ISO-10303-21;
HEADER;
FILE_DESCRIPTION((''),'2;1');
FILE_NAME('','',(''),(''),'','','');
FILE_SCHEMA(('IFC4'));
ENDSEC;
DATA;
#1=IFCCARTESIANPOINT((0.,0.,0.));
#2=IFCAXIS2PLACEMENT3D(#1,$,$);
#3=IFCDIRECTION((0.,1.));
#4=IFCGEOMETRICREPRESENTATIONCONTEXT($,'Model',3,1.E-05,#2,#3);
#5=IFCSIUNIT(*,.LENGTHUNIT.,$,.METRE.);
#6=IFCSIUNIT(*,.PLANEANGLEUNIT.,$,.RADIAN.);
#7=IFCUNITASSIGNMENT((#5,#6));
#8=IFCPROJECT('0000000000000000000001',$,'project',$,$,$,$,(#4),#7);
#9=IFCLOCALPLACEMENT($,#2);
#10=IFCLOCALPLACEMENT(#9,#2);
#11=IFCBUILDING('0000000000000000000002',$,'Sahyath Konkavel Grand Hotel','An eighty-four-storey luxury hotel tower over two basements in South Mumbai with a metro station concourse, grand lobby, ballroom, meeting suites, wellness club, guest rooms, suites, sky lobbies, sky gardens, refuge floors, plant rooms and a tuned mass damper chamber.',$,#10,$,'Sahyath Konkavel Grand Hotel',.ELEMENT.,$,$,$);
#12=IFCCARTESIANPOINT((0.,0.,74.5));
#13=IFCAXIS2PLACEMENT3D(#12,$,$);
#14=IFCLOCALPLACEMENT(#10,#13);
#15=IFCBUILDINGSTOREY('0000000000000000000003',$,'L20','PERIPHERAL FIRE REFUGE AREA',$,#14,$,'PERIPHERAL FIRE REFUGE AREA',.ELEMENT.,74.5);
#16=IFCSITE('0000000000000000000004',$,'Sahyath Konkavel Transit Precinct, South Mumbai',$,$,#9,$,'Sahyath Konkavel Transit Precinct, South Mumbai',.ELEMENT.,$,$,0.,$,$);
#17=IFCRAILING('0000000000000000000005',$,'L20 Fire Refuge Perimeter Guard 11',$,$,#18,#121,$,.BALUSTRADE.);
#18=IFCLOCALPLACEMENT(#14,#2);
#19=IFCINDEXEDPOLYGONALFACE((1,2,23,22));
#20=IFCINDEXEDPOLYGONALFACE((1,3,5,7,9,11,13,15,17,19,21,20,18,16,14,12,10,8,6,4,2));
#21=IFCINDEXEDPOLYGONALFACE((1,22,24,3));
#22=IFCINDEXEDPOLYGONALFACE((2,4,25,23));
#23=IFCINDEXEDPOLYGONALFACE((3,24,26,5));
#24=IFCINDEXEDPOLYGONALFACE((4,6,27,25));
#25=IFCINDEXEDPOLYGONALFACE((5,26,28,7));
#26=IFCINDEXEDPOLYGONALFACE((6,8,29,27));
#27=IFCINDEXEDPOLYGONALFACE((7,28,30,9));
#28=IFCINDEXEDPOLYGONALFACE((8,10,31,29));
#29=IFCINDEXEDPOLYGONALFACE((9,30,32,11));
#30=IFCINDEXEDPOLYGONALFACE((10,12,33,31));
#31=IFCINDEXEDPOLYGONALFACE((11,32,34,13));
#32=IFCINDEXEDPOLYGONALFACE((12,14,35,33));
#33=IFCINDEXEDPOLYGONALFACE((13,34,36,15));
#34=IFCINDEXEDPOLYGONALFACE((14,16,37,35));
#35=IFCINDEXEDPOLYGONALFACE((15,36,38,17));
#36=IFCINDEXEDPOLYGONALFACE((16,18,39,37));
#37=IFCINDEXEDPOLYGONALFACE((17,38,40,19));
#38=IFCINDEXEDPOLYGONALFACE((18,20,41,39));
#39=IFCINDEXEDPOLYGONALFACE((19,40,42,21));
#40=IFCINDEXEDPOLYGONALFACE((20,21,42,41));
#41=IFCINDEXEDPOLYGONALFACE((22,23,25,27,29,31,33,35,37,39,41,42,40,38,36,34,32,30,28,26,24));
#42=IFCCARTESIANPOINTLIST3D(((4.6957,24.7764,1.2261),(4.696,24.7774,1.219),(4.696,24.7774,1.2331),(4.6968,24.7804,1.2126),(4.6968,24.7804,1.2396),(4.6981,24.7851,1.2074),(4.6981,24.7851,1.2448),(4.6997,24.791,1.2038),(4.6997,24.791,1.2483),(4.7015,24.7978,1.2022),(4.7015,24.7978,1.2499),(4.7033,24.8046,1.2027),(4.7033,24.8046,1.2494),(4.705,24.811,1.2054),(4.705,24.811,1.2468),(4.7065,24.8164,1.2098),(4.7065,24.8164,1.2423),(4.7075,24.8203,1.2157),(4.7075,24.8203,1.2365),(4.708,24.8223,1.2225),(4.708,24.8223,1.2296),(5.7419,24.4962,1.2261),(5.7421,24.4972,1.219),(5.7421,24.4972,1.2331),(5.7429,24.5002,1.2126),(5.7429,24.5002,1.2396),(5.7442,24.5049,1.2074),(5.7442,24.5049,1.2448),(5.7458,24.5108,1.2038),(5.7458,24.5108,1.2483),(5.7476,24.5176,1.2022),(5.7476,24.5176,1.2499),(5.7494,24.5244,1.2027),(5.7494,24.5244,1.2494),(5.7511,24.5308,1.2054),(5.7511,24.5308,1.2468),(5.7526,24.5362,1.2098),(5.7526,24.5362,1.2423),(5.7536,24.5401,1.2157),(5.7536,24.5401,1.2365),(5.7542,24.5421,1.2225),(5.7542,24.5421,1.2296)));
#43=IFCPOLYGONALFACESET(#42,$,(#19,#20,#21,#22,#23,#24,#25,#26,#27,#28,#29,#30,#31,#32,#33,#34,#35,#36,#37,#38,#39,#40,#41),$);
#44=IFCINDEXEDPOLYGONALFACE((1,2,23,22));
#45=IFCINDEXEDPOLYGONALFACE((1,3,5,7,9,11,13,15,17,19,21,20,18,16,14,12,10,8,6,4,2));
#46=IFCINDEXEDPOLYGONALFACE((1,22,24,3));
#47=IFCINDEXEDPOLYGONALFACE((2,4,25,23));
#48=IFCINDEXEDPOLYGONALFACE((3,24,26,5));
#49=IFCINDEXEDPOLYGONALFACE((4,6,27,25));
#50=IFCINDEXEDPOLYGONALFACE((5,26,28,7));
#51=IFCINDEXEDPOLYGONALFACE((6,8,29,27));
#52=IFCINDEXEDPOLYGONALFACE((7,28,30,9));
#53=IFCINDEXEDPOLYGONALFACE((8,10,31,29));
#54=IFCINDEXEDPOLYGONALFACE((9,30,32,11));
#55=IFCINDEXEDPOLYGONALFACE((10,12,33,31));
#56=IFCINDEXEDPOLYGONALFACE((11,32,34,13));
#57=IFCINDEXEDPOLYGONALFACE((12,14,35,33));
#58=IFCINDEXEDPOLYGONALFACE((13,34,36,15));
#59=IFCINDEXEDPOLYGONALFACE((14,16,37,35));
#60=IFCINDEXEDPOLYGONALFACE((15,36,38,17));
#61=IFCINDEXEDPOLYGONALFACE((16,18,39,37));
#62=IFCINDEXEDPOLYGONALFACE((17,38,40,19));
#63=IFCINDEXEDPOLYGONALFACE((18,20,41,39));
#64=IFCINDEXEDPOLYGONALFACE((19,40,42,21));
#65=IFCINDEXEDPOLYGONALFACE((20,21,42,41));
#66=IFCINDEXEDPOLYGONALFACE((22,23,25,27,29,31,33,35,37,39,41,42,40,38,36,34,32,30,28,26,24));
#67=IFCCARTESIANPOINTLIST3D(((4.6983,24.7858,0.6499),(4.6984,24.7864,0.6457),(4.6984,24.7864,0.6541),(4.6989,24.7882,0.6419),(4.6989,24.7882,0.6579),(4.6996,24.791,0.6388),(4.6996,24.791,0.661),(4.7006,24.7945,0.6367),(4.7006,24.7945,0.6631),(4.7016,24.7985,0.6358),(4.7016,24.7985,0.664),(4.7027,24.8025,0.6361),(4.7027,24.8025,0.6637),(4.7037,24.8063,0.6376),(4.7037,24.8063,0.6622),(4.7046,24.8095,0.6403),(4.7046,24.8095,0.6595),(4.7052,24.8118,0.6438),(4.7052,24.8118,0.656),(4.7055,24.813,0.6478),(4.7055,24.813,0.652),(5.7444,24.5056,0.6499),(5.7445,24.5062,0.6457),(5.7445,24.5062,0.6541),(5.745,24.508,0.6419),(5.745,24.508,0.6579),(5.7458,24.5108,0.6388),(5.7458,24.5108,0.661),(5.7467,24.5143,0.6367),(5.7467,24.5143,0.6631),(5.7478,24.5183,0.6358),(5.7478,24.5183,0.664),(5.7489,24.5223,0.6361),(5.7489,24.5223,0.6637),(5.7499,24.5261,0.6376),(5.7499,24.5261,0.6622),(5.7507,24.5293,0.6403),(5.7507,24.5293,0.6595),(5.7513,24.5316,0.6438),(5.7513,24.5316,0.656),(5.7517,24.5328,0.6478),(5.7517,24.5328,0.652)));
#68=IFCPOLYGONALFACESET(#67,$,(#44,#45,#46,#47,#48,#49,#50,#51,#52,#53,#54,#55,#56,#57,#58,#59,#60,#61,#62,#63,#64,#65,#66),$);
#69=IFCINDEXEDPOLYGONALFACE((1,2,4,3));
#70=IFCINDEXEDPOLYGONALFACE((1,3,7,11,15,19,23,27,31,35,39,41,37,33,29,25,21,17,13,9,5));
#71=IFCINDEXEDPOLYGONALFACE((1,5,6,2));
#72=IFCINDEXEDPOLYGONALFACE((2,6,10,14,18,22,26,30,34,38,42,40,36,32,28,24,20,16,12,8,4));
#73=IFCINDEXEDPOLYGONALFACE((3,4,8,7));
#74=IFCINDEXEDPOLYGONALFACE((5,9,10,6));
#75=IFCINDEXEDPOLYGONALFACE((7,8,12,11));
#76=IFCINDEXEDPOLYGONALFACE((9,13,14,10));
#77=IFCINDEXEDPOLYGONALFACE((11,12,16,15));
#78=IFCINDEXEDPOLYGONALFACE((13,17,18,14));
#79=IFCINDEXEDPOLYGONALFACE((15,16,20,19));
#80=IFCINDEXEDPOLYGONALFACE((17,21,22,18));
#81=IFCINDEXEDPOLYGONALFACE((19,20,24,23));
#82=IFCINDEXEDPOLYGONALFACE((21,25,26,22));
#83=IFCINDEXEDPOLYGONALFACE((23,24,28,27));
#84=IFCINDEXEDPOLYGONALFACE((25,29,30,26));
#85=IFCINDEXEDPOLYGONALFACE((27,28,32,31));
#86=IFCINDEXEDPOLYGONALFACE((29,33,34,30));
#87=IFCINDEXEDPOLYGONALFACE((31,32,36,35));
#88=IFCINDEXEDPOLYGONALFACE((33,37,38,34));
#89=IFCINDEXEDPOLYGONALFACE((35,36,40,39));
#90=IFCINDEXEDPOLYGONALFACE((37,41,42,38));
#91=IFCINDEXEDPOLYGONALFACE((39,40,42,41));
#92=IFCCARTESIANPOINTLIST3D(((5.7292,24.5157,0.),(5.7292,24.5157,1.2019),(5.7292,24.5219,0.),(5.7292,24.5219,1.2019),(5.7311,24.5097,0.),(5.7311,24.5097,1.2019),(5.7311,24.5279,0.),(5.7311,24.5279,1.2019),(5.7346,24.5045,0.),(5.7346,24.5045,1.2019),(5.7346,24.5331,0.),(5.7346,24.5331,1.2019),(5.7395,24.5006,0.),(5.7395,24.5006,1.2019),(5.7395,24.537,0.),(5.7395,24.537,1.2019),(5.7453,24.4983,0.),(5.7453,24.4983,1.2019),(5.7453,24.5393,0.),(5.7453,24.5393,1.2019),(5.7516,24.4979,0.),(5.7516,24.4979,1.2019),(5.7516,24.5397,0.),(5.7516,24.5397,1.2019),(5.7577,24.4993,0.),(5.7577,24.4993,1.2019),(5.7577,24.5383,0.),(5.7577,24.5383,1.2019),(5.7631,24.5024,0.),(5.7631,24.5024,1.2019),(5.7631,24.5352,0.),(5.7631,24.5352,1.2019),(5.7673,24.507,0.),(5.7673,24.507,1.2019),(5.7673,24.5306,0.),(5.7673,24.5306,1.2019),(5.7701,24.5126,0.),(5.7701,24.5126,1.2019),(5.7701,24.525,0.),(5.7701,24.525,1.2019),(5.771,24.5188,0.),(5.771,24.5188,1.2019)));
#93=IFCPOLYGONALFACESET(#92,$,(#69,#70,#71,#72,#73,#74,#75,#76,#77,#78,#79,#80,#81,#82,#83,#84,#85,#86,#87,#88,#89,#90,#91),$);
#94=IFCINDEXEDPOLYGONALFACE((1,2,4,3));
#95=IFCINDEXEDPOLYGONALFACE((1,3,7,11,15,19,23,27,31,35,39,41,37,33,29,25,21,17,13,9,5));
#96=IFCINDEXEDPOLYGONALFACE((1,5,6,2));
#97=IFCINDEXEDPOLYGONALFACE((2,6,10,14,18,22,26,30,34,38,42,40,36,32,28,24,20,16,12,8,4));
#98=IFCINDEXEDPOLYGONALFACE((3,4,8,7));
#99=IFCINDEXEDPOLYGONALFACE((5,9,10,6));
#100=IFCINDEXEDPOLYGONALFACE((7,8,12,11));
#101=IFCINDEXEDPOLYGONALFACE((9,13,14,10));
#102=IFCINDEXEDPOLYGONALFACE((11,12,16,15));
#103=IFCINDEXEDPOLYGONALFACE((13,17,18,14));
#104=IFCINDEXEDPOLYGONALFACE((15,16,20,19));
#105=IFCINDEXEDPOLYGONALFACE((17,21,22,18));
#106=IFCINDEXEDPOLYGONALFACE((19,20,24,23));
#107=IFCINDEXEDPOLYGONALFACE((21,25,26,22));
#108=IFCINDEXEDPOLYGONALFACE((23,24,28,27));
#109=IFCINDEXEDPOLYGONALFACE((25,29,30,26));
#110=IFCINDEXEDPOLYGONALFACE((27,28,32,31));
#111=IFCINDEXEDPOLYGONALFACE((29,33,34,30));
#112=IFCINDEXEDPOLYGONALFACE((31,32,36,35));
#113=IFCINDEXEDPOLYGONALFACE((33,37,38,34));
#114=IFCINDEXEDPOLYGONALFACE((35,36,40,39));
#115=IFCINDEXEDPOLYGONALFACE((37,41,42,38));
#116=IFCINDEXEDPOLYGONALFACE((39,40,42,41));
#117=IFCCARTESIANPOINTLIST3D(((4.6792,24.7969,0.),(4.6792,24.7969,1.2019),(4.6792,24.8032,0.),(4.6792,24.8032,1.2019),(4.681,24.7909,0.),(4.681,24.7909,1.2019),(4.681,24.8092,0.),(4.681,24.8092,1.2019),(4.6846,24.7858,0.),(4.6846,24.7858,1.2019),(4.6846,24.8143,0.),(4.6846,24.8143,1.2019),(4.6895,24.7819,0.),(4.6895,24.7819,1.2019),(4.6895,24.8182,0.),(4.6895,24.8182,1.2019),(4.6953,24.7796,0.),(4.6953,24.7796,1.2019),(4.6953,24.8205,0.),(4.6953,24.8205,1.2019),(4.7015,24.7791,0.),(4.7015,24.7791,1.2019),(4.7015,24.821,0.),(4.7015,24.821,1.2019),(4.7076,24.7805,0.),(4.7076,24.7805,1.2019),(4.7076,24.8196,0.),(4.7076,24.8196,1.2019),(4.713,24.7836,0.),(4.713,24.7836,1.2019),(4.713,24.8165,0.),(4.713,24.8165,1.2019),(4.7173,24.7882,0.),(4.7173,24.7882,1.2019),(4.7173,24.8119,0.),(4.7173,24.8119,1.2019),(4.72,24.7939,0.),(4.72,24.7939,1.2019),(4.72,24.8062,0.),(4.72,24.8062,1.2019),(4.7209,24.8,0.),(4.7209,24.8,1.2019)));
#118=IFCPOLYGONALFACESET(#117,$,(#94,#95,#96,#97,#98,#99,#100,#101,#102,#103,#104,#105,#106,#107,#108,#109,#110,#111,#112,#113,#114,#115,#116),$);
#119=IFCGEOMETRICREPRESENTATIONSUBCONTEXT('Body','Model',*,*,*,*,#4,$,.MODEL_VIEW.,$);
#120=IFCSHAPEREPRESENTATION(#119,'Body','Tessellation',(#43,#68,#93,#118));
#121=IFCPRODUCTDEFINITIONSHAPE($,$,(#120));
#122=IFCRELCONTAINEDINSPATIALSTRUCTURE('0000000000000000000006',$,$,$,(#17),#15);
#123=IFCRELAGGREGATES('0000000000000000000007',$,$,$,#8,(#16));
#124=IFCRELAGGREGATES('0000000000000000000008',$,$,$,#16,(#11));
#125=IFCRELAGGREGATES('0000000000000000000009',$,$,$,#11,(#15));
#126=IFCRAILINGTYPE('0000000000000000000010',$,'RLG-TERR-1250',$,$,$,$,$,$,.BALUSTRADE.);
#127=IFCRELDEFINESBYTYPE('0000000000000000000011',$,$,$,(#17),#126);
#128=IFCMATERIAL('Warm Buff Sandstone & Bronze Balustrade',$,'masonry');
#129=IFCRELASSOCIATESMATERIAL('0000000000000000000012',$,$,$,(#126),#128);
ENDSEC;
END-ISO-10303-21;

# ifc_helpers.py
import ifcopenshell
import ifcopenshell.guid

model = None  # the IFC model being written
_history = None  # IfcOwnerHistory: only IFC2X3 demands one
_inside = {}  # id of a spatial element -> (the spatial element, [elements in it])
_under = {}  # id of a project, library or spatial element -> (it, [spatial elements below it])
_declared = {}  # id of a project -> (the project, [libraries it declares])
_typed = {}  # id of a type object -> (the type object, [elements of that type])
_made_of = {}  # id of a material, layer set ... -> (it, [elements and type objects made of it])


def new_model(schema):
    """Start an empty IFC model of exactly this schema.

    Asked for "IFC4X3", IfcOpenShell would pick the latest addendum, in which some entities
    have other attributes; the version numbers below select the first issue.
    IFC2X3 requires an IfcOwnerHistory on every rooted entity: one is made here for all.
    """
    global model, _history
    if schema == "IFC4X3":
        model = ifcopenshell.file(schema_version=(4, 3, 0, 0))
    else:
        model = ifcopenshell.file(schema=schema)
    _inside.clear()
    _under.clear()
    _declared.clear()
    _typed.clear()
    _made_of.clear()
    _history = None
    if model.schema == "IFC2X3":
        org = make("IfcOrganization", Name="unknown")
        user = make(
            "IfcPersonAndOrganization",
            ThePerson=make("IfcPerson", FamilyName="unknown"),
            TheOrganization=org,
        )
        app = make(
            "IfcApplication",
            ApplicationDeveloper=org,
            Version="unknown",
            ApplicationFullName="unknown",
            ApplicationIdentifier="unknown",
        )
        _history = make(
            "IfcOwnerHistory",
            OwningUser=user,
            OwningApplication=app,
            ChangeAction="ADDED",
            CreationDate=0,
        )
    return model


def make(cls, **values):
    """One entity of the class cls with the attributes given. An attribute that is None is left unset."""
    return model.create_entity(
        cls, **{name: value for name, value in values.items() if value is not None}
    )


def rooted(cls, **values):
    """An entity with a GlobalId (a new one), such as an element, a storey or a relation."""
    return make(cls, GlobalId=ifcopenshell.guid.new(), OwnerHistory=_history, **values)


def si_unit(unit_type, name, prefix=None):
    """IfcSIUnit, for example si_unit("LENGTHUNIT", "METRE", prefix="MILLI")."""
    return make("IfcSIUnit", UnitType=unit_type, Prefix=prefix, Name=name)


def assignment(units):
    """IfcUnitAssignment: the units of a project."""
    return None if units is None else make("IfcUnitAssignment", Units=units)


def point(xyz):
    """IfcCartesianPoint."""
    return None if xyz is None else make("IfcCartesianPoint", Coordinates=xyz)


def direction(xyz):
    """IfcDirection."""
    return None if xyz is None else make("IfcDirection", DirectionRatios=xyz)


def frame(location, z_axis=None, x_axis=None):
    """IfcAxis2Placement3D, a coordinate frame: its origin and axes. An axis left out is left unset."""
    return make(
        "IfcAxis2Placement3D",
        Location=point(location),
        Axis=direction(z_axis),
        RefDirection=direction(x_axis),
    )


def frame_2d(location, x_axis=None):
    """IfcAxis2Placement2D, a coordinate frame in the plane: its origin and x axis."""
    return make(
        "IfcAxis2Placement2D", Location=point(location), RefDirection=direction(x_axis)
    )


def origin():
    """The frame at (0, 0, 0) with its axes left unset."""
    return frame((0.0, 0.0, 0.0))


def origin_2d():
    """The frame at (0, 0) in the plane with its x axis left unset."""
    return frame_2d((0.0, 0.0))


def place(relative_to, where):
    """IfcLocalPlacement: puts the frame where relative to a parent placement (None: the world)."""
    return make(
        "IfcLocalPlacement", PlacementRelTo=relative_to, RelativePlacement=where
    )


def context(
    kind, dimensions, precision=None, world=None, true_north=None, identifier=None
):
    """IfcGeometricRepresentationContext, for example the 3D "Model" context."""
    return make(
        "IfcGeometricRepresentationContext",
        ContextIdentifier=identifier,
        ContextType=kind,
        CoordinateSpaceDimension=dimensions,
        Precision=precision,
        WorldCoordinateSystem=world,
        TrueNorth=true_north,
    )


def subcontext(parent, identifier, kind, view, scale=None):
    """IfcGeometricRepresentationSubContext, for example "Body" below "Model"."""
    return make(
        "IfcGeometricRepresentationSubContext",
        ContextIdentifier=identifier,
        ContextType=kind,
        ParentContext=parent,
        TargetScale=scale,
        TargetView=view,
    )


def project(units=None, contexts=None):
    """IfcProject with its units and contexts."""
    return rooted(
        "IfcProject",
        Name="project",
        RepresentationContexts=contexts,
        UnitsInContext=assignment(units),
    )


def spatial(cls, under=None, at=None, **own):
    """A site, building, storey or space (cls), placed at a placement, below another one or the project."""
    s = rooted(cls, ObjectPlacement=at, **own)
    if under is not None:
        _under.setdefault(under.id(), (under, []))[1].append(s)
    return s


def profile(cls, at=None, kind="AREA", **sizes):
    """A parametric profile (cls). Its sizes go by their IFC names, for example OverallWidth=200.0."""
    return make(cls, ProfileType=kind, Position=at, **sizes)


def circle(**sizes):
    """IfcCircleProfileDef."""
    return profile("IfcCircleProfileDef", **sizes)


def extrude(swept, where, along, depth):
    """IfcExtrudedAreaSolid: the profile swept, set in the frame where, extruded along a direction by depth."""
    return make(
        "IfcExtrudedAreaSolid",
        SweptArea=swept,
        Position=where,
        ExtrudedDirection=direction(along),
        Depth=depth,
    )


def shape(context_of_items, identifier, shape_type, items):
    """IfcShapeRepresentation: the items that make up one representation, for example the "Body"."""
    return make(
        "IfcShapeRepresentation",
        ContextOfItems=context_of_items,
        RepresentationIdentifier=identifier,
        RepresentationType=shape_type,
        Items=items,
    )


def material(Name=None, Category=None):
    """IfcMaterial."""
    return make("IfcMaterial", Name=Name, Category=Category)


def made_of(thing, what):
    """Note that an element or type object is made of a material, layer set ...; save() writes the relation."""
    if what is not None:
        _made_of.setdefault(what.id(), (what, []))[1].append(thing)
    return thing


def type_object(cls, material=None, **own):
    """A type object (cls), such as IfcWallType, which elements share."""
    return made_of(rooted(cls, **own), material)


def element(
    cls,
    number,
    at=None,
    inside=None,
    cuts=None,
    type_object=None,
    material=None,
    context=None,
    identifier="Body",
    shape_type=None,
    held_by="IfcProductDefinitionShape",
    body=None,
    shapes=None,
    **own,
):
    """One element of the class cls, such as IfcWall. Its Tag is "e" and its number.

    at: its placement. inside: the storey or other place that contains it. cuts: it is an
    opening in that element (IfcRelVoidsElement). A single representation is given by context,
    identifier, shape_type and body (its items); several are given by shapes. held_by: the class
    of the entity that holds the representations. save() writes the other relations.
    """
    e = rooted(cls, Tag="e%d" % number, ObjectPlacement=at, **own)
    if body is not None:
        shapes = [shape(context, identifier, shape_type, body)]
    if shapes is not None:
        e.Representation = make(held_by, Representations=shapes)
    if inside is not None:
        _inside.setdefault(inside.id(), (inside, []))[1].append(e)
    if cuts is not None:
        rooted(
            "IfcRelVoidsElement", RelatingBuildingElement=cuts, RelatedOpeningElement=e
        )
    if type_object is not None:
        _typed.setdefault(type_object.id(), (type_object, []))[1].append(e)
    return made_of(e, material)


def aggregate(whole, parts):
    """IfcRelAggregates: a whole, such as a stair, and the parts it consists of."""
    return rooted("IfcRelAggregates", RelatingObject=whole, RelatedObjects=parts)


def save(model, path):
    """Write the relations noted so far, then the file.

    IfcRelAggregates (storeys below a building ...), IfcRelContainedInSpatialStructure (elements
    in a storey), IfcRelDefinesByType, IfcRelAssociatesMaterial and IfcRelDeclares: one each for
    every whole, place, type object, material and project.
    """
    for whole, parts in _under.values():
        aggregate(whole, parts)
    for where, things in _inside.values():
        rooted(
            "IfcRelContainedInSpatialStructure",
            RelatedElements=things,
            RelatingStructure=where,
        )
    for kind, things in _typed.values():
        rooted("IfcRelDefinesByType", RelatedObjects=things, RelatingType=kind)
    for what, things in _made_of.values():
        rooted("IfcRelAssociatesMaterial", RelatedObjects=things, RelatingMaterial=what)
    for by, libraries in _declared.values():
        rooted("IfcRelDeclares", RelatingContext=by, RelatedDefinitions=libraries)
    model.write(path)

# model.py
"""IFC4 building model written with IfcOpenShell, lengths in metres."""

from ifc_helpers import new_model, si_unit, direction, frame, origin, origin_2d, place, context, subcontext, project, spatial, circle, extrude, material, type_object, element, save


model = new_model("IFC4")

# Units and contexts
model_context = context("Model", 3, precision=1e-05, world=origin(), true_north=direction((0.0, 1.0)))
body_context = subcontext(model_context, "Body", "Model", "MODEL_VIEW")
ifc_project = project(units=[si_unit("LENGTHUNIT", "METRE"), si_unit("PLANEANGLEUNIT", "RADIAN")], contexts=[model_context])

# Site, building, storey
site_placement = place(None, origin())
site = spatial("IfcSite", under=ifc_project, at=site_placement, Name="Sahyath Konkavel Transit Precinct, South Mumbai", LongName="Sahyath Konkavel Transit Precinct, South Mumbai", CompositionType="ELEMENT", RefElevation=0.0)
building_placement = place(site_placement, origin())
building = spatial("IfcBuilding", under=site, at=building_placement, Name="Sahyath Konkavel Grand Hotel", Description="An eighty-four-storey luxury hotel tower over two basements in South Mumbai with a metro station concourse, grand lobby, ballroom, meeting suites, wellness club, guest rooms, suites, sky lobbies, sky gardens, refuge floors, plant rooms and a tuned mass damper chamber.", LongName="Sahyath Konkavel Grand Hotel", CompositionType="ELEMENT")
storey_placement = place(building_placement, frame((0.0, 0.0, 74.5)))
storey = spatial("IfcBuildingStorey", under=building, at=storey_placement, Name="L20", Description="PERIPHERAL FIRE REFUGE AREA", LongName="PERIPHERAL FIRE REFUGE AREA", CompositionType="ELEMENT", Elevation=74.5)

# Railing
ifc_material_1 = material(Name="Warm Buff Sandstone & Bronze Balustrade", Category="masonry")
railing_type = type_object("IfcRailingType", Name="RLG-TERR-1250", PredefinedType="BALUSTRADE", material=ifc_material_1)
railing_1_placement = place(storey_placement, frame((5.75, 24.5188, 0.0)))
element("IfcRailing", 1, at=railing_1_placement, inside=storey, type_object=railing_type, Name="L20 Fire Refuge Perimeter Guard 11", PredefinedType="BALUSTRADE", context=body_context, shape_type="SweptSolid", body=[
    extrude(circle(Radius=0.0239, at=origin_2d()), frame((-0.002, 0.0005, 1.2261), z_axis=(-0.965951, 0.258725, 0.0), x_axis=(-0.258725, -0.965951, 0.0)), (0.0, 0.0, 1.0), 1.083),
    extrude(circle(Radius=0.0142, at=origin_2d()), frame((-0.002, 0.0005, 0.6499), z_axis=(-0.965951, 0.258725, 0.0), x_axis=(-0.258725, -0.965951, 0.0)), (0.0, 0.0, 1.0), 1.083),
    extrude(circle(Radius=0.021, at=origin_2d()), origin(), (0.0, 0.0, 1.0), 1.2019),
    extrude(circle(Radius=0.021, at=origin_2d()), frame((-1.05, 0.2812, 0.0)), (0.0, 0.0, 1.0), 1.2019),
])

save(model, "model.ifc")
